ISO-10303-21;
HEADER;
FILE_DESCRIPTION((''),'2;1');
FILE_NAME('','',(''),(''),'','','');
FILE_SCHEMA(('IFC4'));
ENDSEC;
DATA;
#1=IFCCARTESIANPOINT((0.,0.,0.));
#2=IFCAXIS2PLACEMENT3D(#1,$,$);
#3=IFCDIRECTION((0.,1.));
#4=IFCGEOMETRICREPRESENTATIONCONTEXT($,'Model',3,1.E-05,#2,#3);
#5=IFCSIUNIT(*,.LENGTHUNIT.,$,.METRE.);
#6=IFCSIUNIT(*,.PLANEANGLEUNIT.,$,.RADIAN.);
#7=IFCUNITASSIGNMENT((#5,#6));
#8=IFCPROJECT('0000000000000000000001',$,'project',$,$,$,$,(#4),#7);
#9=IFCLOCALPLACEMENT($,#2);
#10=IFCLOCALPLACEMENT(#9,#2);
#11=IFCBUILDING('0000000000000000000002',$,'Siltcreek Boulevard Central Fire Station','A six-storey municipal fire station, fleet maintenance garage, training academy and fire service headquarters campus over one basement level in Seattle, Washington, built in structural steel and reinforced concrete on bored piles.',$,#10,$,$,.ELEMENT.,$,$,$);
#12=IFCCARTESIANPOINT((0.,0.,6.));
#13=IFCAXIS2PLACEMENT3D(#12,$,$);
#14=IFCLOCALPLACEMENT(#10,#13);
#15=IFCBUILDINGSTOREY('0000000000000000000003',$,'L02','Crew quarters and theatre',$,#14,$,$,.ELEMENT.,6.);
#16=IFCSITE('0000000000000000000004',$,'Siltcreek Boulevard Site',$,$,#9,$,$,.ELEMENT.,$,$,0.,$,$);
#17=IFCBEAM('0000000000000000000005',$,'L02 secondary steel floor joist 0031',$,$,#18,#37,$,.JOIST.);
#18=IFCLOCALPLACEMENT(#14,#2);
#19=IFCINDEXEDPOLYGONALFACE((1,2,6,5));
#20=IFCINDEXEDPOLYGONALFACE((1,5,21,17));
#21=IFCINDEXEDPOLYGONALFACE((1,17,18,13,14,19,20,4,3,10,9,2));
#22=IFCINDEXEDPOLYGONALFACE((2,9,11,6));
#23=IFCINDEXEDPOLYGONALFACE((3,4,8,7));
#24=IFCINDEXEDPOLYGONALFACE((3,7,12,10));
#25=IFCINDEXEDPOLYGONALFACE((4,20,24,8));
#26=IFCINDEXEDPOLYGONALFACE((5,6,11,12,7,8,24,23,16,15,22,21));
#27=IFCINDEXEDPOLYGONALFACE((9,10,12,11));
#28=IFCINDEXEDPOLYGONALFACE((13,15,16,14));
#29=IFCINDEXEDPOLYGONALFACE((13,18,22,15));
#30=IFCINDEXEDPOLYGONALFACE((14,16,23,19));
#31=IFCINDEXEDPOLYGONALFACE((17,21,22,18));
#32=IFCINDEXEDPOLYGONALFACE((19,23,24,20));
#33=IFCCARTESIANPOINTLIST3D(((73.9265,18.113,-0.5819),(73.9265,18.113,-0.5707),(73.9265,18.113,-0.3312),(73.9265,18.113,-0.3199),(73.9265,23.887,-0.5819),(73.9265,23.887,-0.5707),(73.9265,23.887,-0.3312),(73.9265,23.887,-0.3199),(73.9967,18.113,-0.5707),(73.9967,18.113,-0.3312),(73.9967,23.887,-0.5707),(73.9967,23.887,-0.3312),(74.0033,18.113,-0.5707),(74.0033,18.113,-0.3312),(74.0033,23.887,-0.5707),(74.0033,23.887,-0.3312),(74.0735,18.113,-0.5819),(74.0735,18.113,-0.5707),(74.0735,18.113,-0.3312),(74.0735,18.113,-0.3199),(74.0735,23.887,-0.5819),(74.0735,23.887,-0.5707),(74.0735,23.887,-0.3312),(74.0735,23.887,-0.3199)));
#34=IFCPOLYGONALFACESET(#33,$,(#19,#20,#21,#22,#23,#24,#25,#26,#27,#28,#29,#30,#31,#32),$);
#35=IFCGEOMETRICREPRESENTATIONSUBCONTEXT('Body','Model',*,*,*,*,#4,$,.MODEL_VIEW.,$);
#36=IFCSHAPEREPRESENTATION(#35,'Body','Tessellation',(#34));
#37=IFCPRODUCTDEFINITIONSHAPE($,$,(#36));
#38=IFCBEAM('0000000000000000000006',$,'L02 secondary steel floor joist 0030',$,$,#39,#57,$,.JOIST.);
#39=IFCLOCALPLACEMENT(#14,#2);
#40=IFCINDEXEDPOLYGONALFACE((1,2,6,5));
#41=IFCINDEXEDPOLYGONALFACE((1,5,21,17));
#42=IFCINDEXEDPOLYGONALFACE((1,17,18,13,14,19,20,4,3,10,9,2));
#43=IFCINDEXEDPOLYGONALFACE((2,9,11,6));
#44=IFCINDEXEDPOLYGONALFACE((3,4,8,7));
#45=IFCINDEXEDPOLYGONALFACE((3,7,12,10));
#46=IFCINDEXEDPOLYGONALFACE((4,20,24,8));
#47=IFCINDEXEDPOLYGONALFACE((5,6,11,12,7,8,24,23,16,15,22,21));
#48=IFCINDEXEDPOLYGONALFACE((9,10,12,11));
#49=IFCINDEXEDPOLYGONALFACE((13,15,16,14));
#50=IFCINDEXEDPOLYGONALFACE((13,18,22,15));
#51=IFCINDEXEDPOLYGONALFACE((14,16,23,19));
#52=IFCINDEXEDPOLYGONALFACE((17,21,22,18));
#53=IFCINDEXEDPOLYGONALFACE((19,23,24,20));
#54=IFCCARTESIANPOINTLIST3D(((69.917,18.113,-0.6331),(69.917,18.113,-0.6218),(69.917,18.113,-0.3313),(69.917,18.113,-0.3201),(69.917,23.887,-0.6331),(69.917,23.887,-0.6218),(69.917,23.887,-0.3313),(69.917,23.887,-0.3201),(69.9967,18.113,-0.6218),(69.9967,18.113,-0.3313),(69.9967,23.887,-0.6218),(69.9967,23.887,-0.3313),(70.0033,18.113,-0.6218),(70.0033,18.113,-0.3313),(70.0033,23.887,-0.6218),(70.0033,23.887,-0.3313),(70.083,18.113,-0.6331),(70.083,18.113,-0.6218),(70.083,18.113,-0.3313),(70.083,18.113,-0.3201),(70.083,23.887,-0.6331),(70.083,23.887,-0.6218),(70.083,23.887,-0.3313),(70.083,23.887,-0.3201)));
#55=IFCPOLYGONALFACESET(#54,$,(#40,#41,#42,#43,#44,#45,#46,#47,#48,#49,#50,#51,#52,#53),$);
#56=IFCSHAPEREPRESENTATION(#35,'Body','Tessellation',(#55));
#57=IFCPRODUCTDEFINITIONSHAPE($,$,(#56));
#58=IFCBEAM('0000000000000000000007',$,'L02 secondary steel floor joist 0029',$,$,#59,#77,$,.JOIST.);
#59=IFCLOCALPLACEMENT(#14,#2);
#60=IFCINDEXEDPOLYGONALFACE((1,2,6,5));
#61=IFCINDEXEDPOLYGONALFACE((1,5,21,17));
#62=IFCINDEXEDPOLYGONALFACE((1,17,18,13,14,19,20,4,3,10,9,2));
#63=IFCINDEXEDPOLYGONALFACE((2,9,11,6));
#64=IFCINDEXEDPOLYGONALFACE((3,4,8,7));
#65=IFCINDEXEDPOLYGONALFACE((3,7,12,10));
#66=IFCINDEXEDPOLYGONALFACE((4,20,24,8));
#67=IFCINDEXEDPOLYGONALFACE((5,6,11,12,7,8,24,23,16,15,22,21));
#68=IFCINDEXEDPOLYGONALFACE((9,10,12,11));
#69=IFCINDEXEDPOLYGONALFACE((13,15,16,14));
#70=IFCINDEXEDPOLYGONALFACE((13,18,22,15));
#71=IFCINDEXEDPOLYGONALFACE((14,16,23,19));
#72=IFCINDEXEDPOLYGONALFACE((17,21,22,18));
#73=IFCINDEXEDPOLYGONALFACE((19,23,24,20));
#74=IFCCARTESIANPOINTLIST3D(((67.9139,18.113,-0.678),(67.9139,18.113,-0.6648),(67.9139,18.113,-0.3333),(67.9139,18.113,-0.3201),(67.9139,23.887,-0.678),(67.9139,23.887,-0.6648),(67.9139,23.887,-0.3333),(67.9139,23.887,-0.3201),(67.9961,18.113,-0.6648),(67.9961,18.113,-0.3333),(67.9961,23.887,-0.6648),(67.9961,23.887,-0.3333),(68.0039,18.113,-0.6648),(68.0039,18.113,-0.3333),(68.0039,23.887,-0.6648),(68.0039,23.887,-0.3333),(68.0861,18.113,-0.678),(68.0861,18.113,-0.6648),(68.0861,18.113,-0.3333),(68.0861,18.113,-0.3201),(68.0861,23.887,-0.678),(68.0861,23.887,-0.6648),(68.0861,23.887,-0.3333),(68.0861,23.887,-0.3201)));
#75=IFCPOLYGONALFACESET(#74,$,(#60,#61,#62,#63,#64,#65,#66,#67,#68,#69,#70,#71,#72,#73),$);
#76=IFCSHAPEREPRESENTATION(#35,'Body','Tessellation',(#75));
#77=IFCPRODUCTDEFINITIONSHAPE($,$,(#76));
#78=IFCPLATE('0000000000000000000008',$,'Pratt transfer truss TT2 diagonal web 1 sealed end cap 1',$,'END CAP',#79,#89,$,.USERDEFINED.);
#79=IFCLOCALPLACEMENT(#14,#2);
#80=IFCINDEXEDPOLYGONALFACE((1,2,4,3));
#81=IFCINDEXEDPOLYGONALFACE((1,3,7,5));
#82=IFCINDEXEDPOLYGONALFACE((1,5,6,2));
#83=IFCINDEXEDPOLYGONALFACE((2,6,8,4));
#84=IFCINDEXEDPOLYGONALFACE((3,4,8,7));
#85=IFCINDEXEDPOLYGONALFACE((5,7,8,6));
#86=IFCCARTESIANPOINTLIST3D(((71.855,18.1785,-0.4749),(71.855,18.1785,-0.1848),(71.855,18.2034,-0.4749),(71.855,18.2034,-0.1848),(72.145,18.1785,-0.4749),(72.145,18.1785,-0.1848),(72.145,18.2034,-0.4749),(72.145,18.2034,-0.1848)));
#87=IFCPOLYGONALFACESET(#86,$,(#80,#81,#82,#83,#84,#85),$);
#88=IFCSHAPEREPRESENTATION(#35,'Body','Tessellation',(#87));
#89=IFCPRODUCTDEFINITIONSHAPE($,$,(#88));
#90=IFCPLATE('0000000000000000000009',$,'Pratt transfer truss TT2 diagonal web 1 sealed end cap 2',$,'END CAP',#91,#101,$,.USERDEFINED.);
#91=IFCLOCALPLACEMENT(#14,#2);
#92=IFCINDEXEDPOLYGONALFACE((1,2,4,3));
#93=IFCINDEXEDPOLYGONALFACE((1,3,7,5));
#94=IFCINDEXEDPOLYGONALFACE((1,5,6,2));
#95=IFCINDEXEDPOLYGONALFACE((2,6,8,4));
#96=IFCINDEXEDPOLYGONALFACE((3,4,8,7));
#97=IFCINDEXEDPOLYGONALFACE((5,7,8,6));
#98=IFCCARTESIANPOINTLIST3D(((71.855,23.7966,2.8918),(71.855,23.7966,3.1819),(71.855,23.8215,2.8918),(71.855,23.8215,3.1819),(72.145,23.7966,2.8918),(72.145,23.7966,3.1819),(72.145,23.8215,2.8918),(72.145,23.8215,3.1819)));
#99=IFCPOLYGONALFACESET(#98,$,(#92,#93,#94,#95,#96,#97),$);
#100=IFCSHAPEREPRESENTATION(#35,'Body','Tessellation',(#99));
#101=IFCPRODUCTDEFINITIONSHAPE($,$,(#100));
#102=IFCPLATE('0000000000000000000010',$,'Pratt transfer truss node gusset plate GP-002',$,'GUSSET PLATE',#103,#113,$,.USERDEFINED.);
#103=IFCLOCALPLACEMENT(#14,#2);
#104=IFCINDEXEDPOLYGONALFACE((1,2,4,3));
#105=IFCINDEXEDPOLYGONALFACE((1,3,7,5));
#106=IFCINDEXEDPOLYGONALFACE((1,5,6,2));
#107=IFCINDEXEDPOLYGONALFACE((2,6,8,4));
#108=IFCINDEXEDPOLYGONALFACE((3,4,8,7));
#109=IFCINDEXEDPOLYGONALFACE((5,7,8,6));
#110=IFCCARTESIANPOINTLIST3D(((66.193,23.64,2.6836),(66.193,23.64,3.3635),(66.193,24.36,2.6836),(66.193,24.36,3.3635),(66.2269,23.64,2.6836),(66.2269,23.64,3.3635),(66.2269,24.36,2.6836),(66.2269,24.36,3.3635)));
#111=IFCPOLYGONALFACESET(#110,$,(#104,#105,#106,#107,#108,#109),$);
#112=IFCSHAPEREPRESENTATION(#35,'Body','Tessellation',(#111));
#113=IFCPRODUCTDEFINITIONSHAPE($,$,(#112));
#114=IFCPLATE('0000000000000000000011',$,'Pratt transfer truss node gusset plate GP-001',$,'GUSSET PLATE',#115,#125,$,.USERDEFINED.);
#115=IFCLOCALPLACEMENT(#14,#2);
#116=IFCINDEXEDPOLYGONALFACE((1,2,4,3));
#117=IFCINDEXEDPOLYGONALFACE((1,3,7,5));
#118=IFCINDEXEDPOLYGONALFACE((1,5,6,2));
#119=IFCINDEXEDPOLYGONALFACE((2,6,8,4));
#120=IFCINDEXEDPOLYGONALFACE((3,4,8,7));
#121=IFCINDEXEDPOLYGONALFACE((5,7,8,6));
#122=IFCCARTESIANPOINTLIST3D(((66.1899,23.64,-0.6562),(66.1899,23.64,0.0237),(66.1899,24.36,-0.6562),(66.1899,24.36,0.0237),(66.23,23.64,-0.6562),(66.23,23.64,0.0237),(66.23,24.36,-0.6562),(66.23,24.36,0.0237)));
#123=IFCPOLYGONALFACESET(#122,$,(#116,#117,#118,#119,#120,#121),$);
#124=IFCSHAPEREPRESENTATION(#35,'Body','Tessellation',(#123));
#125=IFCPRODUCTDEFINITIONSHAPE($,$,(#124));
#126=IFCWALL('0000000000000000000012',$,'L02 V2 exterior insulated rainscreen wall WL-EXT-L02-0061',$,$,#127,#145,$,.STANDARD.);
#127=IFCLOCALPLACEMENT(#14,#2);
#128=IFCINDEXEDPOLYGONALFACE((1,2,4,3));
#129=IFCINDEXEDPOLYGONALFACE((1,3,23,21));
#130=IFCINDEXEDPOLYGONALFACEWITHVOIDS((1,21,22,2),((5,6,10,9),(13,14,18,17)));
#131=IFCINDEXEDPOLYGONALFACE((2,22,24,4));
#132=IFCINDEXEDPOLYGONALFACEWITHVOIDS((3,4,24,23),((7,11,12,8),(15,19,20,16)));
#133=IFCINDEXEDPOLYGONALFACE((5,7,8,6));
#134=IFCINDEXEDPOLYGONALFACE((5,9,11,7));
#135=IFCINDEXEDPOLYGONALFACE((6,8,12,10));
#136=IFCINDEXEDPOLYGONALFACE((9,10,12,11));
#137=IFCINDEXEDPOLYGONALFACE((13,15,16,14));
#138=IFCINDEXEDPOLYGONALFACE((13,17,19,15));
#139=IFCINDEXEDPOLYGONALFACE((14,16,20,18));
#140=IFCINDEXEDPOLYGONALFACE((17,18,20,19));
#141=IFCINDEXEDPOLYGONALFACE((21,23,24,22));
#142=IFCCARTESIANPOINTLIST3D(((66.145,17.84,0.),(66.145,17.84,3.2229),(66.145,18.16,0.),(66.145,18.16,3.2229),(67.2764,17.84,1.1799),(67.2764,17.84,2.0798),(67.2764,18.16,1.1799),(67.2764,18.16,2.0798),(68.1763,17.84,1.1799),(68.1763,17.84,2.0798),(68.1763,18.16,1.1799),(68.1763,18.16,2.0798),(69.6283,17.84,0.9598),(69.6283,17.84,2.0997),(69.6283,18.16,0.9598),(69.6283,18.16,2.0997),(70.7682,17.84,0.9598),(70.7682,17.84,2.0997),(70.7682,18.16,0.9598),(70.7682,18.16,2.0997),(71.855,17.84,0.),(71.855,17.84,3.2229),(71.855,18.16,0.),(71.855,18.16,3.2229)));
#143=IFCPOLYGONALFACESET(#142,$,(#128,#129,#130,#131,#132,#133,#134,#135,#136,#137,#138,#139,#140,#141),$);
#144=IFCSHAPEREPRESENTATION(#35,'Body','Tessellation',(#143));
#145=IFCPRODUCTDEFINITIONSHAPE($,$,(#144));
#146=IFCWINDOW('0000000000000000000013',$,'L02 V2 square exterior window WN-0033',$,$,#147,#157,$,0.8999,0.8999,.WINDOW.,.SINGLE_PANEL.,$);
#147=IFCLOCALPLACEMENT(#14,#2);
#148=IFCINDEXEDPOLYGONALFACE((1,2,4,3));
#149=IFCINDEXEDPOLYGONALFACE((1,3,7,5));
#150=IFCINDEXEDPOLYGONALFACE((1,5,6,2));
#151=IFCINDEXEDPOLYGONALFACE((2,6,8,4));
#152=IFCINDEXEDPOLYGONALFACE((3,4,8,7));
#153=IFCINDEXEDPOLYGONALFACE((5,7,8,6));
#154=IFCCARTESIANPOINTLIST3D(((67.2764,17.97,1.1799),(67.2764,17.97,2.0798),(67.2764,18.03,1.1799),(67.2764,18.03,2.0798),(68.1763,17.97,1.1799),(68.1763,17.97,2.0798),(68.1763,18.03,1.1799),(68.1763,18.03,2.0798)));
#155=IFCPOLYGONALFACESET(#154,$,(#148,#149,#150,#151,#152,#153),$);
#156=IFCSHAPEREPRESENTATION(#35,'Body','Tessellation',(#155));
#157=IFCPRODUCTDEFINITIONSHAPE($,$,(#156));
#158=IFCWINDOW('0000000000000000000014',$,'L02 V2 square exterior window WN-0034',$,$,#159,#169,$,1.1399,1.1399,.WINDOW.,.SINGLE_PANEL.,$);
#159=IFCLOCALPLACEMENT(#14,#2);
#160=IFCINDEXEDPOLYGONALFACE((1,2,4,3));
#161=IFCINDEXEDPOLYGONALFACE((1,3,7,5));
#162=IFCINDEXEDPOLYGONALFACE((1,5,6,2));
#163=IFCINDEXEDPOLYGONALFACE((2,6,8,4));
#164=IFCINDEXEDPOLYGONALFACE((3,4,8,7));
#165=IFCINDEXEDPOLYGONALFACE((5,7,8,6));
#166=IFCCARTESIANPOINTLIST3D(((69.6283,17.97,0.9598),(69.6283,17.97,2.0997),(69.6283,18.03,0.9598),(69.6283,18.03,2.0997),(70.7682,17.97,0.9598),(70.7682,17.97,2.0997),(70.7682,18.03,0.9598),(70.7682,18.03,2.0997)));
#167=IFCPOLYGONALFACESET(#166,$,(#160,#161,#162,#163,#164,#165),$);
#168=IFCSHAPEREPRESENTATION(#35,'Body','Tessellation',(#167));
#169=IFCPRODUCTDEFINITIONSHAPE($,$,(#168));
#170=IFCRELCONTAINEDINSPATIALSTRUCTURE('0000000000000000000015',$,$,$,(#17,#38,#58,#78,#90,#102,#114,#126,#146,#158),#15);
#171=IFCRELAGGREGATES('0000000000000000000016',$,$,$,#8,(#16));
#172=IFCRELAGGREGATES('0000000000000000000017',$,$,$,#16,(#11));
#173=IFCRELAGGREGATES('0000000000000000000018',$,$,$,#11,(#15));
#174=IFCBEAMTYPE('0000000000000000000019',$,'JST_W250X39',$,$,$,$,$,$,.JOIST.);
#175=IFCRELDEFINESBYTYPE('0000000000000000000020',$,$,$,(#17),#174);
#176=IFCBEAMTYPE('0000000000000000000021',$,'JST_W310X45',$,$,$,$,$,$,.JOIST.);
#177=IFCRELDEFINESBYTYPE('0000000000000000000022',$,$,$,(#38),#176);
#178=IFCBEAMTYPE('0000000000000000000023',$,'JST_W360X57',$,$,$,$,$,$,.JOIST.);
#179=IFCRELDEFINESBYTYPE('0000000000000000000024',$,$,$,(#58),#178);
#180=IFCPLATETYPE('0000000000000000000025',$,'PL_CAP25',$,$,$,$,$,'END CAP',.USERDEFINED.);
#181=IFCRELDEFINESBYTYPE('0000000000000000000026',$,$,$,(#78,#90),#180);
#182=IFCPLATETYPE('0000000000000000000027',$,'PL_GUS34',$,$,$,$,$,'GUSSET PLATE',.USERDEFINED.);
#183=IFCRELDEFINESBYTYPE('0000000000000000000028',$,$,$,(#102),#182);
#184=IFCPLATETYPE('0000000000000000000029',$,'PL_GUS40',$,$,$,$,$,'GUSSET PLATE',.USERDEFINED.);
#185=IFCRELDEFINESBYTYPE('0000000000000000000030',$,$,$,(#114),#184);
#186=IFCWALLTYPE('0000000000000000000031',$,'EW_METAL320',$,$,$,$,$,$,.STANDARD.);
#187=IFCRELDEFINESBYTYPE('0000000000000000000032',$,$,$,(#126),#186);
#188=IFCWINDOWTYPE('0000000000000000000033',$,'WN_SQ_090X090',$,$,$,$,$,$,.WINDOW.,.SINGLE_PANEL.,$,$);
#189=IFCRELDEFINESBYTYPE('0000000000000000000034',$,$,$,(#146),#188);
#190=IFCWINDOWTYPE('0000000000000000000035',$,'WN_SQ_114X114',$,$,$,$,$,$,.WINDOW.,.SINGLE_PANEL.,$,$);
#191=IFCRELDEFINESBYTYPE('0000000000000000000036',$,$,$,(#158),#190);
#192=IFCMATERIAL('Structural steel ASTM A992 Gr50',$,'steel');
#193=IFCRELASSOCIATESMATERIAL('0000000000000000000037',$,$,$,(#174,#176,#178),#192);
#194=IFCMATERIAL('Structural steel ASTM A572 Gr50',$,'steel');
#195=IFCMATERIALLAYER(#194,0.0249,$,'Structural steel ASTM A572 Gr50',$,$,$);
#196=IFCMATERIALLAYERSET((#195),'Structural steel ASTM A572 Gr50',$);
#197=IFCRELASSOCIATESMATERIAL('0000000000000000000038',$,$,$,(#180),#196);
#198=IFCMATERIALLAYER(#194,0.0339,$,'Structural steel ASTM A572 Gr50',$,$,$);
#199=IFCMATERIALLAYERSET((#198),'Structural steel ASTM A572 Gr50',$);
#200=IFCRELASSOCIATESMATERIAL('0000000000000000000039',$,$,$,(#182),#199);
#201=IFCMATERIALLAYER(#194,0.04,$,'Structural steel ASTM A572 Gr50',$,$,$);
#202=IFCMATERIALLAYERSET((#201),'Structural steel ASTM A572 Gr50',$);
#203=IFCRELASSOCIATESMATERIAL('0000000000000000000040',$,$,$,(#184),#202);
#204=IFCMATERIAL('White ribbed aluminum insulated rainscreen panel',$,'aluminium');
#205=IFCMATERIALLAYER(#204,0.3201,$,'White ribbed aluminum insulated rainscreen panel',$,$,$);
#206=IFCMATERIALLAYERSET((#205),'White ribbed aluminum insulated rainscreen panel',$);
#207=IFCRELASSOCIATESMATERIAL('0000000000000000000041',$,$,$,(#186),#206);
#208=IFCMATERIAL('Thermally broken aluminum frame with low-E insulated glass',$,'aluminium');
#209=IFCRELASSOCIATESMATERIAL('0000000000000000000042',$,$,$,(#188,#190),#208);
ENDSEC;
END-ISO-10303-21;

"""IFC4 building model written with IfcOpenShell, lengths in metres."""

from ifc_helpers import new_model, si_unit, direction, frame, frame_2d, origin, origin_2d, place, context, subcontext, project, spatial, rectangle, i_section, extrude, material, layer, layer_set, material_profile, profile_set, type_object, element, fill, save


model = new_model("IFC4")

# Units and contexts
model_context = context("Model", 3, precision=1e-05, world=origin(), true_north=direction((0.0, 1.0)))
body_context = subcontext(model_context, "Body", "Model", "MODEL_VIEW")
ifc_project = project(units=[si_unit("LENGTHUNIT", "METRE"), si_unit("PLANEANGLEUNIT", "RADIAN")], contexts=[model_context])

# Site, building, storey
site_placement = place(None, origin())
site = spatial("IfcSite", under=ifc_project, at=site_placement, Name="Siltcreek Boulevard Site", CompositionType="ELEMENT", RefElevation=0.0)
building_placement = place(site_placement, origin())
building = spatial("IfcBuilding", under=site, at=building_placement, Name="Siltcreek Boulevard Central Fire Station", Description="A six-storey municipal fire station, fleet maintenance garage, training academy and fire service headquarters campus over one basement level in Seattle, Washington, built in structural steel and reinforced concrete on bored piles.", CompositionType="ELEMENT")
storey_placement = place(building_placement, frame((0.0, 0.0, 6.0)))
storey = spatial("IfcBuildingStorey", under=building, at=storey_placement, Name="L02", Description="Crew quarters and theatre", CompositionType="ELEMENT", Elevation=6.0)

# Shared definitions
ifc_material_1 = material(Name="Structural steel ASTM A992 Gr50", Category="steel")

# Beams
ifc_material_profile_1 = material_profile(ifc_material_1, i_section(OverallWidth=0.147, OverallDepth=0.262, WebThickness=0.0066, FlangeThickness=0.0112, at=origin_2d()), Name="W250X39")
ifc_profile_set_1 = profile_set([ifc_material_profile_1], Name="Structural steel ASTM A992 Gr50")
beam_type_1 = type_object("IfcBeamType", Name="JST_W250X39", PredefinedType="JOIST", material=ifc_profile_set_1)
beam_1_placement = place(storey_placement, frame((74.0, 18.113, -0.4509), z_axis=(0.0, 1.0, 0.0), x_axis=(-1.0, 0.0, 0.0)))
element("IfcBeam", 1, at=beam_1_placement, inside=storey, type_object=beam_type_1, Name="L02 secondary steel floor joist 0031", PredefinedType="JOIST", context=body_context, shape_type="SweptSolid", body=[
    extrude(i_section(OverallWidth=0.147, OverallDepth=0.262, WebThickness=0.0066, FlangeThickness=0.0112, at=origin_2d()), origin(), (0.0, 0.0, 1.0), 5.7739),
])
ifc_material_profile_2 = material_profile(ifc_material_1, i_section(OverallWidth=0.166, OverallDepth=0.313, WebThickness=0.0066, FlangeThickness=0.0112, at=origin_2d()), Name="W310X45")
ifc_profile_set_2 = profile_set([ifc_material_profile_2], Name="Structural steel ASTM A992 Gr50")
beam_type_2 = type_object("IfcBeamType", Name="JST_W310X45", PredefinedType="JOIST", material=ifc_profile_set_2)
beam_2_placement = place(storey_placement, frame((70.0, 18.113, -0.4766), z_axis=(0.0, 1.0, 0.0), x_axis=(-1.0, 0.0, 0.0)))
element("IfcBeam", 2, at=beam_2_placement, inside=storey, type_object=beam_type_2, Name="L02 secondary steel floor joist 0030", PredefinedType="JOIST", context=body_context, shape_type="SweptSolid", body=[
    extrude(i_section(OverallWidth=0.166, OverallDepth=0.313, WebThickness=0.0066, FlangeThickness=0.0112, at=origin_2d()), origin(), (0.0, 0.0, 1.0), 5.7739),
])
ifc_material_profile_3 = material_profile(ifc_material_1, i_section(OverallWidth=0.1721, OverallDepth=0.3579, WebThickness=0.0078, FlangeThickness=0.0132, at=origin_2d()), Name="W360X57")
ifc_profile_set_3 = profile_set([ifc_material_profile_3], Name="Structural steel ASTM A992 Gr50")
beam_type_3 = type_object("IfcBeamType", Name="JST_W360X57", PredefinedType="JOIST", material=ifc_profile_set_3)
beam_3_placement = place(storey_placement, frame((68.0, 18.113, -0.499), z_axis=(0.0, 1.0, 0.0), x_axis=(-1.0, 0.0, 0.0)))
element("IfcBeam", 3, at=beam_3_placement, inside=storey, type_object=beam_type_3, Name="L02 secondary steel floor joist 0029", PredefinedType="JOIST", context=body_context, shape_type="SweptSolid", body=[
    extrude(i_section(OverallWidth=0.1721, OverallDepth=0.3579, WebThickness=0.0078, FlangeThickness=0.0132, at=origin_2d()), origin(), (0.0, 0.0, 1.0), 5.7739),
])

# Plates
ifc_material_2 = material(Name="Structural steel ASTM A572 Gr50", Category="steel")
ifc_layer_1 = layer(ifc_material_2, 0.0249, Name="Structural steel ASTM A572 Gr50")
ifc_layer_set_1 = layer_set([ifc_layer_1], Name="Structural steel ASTM A572 Gr50")
plate_type_1 = type_object("IfcPlateType", Name="PL_CAP25", ElementType="END CAP", PredefinedType="USERDEFINED", material=ifc_layer_set_1)
for number, where, z_axis, x_axis, name in (
    (4, (72.0, 18.1909, -0.4749), (0.0, 0.0, 1.0), (0.0, 1.0, 0.0), "Pratt transfer truss TT2 diagonal web 1 sealed end cap 1"),
    (5, (72.0, 23.8091, 2.8918), (0.0, 0.0, 1.0), (0.0, 1.0, 0.0), "Pratt transfer truss TT2 diagonal web 1 sealed end cap 2"),
):
    element("IfcPlate", number, at=place(storey_placement, frame(where, z_axis=z_axis, x_axis=x_axis)), inside=storey, type_object=plate_type_1, Name=name, ObjectType="END CAP", PredefinedType="USERDEFINED", context=body_context, shape_type="SweptSolid", body=[
        extrude(rectangle(XDim=0.0249, YDim=0.29, at=origin_2d()), origin(), (0.0, 0.0, 1.0), 0.29),
    ])
ifc_layer_2 = layer(ifc_material_2, 0.0339, Name="Structural steel ASTM A572 Gr50")
ifc_layer_set_2 = layer_set([ifc_layer_2], Name="Structural steel ASTM A572 Gr50")
plate_type_2 = type_object("IfcPlateType", Name="PL_GUS34", ElementType="GUSSET PLATE", PredefinedType="USERDEFINED", material=ifc_layer_set_2)
plate_1_placement = place(storey_placement, frame((66.21, 24.0, 2.6836), z_axis=(0.0, 0.0, 1.0), x_axis=(1.0, 0.0, 0.0)))
element("IfcPlate", 6, at=plate_1_placement, inside=storey, type_object=plate_type_2, Name="Pratt transfer truss node gusset plate GP-002", ObjectType="GUSSET PLATE", PredefinedType="USERDEFINED", context=body_context, shape_type="SweptSolid", body=[
    extrude(rectangle(XDim=0.0339, YDim=0.72, at=origin_2d()), origin(), (0.0, 0.0, 1.0), 0.6799),
])
ifc_layer_3 = layer(ifc_material_2, 0.04, Name="Structural steel ASTM A572 Gr50")
ifc_layer_set_3 = layer_set([ifc_layer_3], Name="Structural steel ASTM A572 Gr50")
plate_type_3 = type_object("IfcPlateType", Name="PL_GUS40", ElementType="GUSSET PLATE", PredefinedType="USERDEFINED", material=ifc_layer_set_3)
plate_2_placement = place(storey_placement, frame((66.21, 24.0, -0.6562), z_axis=(0.0, 0.0, 1.0), x_axis=(1.0, 0.0, 0.0)))
element("IfcPlate", 7, at=plate_2_placement, inside=storey, type_object=plate_type_3, Name="Pratt transfer truss node gusset plate GP-001", ObjectType="GUSSET PLATE", PredefinedType="USERDEFINED", context=body_context, shape_type="SweptSolid", body=[
    extrude(rectangle(XDim=0.04, YDim=0.72, at=origin_2d()), origin(), (0.0, 0.0, 1.0), 0.6799),
])

# Wall, openings, windows
ifc_material_3 = material(Name="White ribbed aluminum insulated rainscreen panel", Category="aluminium")
ifc_layer_4 = layer(ifc_material_3, 0.3201, Name="White ribbed aluminum insulated rainscreen panel")
ifc_layer_set_4 = layer_set([ifc_layer_4], Name="White ribbed aluminum insulated rainscreen panel")
wall_type_1 = type_object("IfcWallType", Name="EW_METAL320", PredefinedType="STANDARD", material=ifc_layer_set_4)
wall_1_placement = place(storey_placement, frame((66.145, 18.0, 0.0), z_axis=(0.0, 0.0, 1.0), x_axis=(1.0, 0.0, 0.0)))
wall_1 = element("IfcWall", 8, at=wall_1_placement, inside=storey, type_object=wall_type_1, Name="L02 V2 exterior insulated rainscreen wall WL-EXT-L02-0061", PredefinedType="STANDARD", context=body_context, shape_type="SweptSolid", body=[
    extrude(rectangle(XDim=5.71, YDim=0.3201, at=frame_2d((2.855, 0.0))), origin(), (0.0, 0.0, 1.0), 3.2229),
])
opening_1_placement = place(wall_1_placement, frame((1.1313, 0.0, 1.1799)))
opening_1 = element("IfcOpeningElement", 9, at=opening_1_placement, cuts=wall_1, PredefinedType="OPENING", context=body_context, shape_type="SweptSolid", body=[
    extrude(rectangle(XDim=0.8999, YDim=0.8999, at=frame_2d((0.45, 0.45))), frame((0.0, 0.1699, 0.0), z_axis=(0.0, -1.0, 0.0), x_axis=(1.0, 0.0, 0.0)), (0.0, 0.0, 1.0), 0.3401),
])
opening_2_placement = place(wall_1_placement, frame((3.4834, 0.0, 0.96)))
opening_2 = element("IfcOpeningElement", 10, at=opening_2_placement, cuts=wall_1, PredefinedType="OPENING", context=body_context, shape_type="SweptSolid", body=[
    extrude(rectangle(XDim=1.1399, YDim=1.1399, at=frame_2d((0.5698, 0.5698))), frame((0.0, 0.1699, 0.0), z_axis=(0.0, -1.0, 0.0), x_axis=(1.0, 0.0, 0.0)), (0.0, 0.0, 1.0), 0.3401),
])
ifc_material_4 = material(Name="Thermally broken aluminum frame with low-E insulated glass", Category="aluminium")
window_type_1 = type_object("IfcWindowType", Name="WN_SQ_090X090", PartitioningType="SINGLE_PANEL", PredefinedType="WINDOW", material=ifc_material_4)
window_1_placement = place(opening_1_placement, origin())
window_1 = element("IfcWindow", 11, at=window_1_placement, inside=storey, type_object=window_type_1, Name="L02 V2 square exterior window WN-0033", OverallHeight=0.8999, OverallWidth=0.8999, PartitioningType="SINGLE_PANEL", PredefinedType="WINDOW", context=body_context, shape_type="SweptSolid", body=[
    extrude(rectangle(XDim=0.8999, YDim=0.8999, at=frame_2d((0.45, 0.45))), frame((0.0, 0.03, 0.0), z_axis=(0.0, -1.0, 0.0), x_axis=(1.0, 0.0, 0.0)), (0.0, 0.0, 1.0), 0.0601),
])
fill(opening_1, window_1)
window_type_2 = type_object("IfcWindowType", Name="WN_SQ_114X114", PartitioningType="SINGLE_PANEL", PredefinedType="WINDOW", material=ifc_material_4)
window_2_placement = place(opening_2_placement, origin())
window_2 = element("IfcWindow", 12, at=window_2_placement, inside=storey, type_object=window_type_2, Name="L02 V2 square exterior window WN-0034", OverallHeight=1.1399, OverallWidth=1.1399, PartitioningType="SINGLE_PANEL", PredefinedType="WINDOW", context=body_context, shape_type="SweptSolid", body=[
    extrude(rectangle(XDim=1.1399, YDim=1.1399, at=frame_2d((0.5698, 0.5698))), frame((0.0, 0.03, 0.0), z_axis=(0.0, -1.0, 0.0), x_axis=(1.0, 0.0, 0.0)), (0.0, 0.0, 1.0), 0.0601),
])
fill(opening_2, window_2)

save(model, "model.ifc")
